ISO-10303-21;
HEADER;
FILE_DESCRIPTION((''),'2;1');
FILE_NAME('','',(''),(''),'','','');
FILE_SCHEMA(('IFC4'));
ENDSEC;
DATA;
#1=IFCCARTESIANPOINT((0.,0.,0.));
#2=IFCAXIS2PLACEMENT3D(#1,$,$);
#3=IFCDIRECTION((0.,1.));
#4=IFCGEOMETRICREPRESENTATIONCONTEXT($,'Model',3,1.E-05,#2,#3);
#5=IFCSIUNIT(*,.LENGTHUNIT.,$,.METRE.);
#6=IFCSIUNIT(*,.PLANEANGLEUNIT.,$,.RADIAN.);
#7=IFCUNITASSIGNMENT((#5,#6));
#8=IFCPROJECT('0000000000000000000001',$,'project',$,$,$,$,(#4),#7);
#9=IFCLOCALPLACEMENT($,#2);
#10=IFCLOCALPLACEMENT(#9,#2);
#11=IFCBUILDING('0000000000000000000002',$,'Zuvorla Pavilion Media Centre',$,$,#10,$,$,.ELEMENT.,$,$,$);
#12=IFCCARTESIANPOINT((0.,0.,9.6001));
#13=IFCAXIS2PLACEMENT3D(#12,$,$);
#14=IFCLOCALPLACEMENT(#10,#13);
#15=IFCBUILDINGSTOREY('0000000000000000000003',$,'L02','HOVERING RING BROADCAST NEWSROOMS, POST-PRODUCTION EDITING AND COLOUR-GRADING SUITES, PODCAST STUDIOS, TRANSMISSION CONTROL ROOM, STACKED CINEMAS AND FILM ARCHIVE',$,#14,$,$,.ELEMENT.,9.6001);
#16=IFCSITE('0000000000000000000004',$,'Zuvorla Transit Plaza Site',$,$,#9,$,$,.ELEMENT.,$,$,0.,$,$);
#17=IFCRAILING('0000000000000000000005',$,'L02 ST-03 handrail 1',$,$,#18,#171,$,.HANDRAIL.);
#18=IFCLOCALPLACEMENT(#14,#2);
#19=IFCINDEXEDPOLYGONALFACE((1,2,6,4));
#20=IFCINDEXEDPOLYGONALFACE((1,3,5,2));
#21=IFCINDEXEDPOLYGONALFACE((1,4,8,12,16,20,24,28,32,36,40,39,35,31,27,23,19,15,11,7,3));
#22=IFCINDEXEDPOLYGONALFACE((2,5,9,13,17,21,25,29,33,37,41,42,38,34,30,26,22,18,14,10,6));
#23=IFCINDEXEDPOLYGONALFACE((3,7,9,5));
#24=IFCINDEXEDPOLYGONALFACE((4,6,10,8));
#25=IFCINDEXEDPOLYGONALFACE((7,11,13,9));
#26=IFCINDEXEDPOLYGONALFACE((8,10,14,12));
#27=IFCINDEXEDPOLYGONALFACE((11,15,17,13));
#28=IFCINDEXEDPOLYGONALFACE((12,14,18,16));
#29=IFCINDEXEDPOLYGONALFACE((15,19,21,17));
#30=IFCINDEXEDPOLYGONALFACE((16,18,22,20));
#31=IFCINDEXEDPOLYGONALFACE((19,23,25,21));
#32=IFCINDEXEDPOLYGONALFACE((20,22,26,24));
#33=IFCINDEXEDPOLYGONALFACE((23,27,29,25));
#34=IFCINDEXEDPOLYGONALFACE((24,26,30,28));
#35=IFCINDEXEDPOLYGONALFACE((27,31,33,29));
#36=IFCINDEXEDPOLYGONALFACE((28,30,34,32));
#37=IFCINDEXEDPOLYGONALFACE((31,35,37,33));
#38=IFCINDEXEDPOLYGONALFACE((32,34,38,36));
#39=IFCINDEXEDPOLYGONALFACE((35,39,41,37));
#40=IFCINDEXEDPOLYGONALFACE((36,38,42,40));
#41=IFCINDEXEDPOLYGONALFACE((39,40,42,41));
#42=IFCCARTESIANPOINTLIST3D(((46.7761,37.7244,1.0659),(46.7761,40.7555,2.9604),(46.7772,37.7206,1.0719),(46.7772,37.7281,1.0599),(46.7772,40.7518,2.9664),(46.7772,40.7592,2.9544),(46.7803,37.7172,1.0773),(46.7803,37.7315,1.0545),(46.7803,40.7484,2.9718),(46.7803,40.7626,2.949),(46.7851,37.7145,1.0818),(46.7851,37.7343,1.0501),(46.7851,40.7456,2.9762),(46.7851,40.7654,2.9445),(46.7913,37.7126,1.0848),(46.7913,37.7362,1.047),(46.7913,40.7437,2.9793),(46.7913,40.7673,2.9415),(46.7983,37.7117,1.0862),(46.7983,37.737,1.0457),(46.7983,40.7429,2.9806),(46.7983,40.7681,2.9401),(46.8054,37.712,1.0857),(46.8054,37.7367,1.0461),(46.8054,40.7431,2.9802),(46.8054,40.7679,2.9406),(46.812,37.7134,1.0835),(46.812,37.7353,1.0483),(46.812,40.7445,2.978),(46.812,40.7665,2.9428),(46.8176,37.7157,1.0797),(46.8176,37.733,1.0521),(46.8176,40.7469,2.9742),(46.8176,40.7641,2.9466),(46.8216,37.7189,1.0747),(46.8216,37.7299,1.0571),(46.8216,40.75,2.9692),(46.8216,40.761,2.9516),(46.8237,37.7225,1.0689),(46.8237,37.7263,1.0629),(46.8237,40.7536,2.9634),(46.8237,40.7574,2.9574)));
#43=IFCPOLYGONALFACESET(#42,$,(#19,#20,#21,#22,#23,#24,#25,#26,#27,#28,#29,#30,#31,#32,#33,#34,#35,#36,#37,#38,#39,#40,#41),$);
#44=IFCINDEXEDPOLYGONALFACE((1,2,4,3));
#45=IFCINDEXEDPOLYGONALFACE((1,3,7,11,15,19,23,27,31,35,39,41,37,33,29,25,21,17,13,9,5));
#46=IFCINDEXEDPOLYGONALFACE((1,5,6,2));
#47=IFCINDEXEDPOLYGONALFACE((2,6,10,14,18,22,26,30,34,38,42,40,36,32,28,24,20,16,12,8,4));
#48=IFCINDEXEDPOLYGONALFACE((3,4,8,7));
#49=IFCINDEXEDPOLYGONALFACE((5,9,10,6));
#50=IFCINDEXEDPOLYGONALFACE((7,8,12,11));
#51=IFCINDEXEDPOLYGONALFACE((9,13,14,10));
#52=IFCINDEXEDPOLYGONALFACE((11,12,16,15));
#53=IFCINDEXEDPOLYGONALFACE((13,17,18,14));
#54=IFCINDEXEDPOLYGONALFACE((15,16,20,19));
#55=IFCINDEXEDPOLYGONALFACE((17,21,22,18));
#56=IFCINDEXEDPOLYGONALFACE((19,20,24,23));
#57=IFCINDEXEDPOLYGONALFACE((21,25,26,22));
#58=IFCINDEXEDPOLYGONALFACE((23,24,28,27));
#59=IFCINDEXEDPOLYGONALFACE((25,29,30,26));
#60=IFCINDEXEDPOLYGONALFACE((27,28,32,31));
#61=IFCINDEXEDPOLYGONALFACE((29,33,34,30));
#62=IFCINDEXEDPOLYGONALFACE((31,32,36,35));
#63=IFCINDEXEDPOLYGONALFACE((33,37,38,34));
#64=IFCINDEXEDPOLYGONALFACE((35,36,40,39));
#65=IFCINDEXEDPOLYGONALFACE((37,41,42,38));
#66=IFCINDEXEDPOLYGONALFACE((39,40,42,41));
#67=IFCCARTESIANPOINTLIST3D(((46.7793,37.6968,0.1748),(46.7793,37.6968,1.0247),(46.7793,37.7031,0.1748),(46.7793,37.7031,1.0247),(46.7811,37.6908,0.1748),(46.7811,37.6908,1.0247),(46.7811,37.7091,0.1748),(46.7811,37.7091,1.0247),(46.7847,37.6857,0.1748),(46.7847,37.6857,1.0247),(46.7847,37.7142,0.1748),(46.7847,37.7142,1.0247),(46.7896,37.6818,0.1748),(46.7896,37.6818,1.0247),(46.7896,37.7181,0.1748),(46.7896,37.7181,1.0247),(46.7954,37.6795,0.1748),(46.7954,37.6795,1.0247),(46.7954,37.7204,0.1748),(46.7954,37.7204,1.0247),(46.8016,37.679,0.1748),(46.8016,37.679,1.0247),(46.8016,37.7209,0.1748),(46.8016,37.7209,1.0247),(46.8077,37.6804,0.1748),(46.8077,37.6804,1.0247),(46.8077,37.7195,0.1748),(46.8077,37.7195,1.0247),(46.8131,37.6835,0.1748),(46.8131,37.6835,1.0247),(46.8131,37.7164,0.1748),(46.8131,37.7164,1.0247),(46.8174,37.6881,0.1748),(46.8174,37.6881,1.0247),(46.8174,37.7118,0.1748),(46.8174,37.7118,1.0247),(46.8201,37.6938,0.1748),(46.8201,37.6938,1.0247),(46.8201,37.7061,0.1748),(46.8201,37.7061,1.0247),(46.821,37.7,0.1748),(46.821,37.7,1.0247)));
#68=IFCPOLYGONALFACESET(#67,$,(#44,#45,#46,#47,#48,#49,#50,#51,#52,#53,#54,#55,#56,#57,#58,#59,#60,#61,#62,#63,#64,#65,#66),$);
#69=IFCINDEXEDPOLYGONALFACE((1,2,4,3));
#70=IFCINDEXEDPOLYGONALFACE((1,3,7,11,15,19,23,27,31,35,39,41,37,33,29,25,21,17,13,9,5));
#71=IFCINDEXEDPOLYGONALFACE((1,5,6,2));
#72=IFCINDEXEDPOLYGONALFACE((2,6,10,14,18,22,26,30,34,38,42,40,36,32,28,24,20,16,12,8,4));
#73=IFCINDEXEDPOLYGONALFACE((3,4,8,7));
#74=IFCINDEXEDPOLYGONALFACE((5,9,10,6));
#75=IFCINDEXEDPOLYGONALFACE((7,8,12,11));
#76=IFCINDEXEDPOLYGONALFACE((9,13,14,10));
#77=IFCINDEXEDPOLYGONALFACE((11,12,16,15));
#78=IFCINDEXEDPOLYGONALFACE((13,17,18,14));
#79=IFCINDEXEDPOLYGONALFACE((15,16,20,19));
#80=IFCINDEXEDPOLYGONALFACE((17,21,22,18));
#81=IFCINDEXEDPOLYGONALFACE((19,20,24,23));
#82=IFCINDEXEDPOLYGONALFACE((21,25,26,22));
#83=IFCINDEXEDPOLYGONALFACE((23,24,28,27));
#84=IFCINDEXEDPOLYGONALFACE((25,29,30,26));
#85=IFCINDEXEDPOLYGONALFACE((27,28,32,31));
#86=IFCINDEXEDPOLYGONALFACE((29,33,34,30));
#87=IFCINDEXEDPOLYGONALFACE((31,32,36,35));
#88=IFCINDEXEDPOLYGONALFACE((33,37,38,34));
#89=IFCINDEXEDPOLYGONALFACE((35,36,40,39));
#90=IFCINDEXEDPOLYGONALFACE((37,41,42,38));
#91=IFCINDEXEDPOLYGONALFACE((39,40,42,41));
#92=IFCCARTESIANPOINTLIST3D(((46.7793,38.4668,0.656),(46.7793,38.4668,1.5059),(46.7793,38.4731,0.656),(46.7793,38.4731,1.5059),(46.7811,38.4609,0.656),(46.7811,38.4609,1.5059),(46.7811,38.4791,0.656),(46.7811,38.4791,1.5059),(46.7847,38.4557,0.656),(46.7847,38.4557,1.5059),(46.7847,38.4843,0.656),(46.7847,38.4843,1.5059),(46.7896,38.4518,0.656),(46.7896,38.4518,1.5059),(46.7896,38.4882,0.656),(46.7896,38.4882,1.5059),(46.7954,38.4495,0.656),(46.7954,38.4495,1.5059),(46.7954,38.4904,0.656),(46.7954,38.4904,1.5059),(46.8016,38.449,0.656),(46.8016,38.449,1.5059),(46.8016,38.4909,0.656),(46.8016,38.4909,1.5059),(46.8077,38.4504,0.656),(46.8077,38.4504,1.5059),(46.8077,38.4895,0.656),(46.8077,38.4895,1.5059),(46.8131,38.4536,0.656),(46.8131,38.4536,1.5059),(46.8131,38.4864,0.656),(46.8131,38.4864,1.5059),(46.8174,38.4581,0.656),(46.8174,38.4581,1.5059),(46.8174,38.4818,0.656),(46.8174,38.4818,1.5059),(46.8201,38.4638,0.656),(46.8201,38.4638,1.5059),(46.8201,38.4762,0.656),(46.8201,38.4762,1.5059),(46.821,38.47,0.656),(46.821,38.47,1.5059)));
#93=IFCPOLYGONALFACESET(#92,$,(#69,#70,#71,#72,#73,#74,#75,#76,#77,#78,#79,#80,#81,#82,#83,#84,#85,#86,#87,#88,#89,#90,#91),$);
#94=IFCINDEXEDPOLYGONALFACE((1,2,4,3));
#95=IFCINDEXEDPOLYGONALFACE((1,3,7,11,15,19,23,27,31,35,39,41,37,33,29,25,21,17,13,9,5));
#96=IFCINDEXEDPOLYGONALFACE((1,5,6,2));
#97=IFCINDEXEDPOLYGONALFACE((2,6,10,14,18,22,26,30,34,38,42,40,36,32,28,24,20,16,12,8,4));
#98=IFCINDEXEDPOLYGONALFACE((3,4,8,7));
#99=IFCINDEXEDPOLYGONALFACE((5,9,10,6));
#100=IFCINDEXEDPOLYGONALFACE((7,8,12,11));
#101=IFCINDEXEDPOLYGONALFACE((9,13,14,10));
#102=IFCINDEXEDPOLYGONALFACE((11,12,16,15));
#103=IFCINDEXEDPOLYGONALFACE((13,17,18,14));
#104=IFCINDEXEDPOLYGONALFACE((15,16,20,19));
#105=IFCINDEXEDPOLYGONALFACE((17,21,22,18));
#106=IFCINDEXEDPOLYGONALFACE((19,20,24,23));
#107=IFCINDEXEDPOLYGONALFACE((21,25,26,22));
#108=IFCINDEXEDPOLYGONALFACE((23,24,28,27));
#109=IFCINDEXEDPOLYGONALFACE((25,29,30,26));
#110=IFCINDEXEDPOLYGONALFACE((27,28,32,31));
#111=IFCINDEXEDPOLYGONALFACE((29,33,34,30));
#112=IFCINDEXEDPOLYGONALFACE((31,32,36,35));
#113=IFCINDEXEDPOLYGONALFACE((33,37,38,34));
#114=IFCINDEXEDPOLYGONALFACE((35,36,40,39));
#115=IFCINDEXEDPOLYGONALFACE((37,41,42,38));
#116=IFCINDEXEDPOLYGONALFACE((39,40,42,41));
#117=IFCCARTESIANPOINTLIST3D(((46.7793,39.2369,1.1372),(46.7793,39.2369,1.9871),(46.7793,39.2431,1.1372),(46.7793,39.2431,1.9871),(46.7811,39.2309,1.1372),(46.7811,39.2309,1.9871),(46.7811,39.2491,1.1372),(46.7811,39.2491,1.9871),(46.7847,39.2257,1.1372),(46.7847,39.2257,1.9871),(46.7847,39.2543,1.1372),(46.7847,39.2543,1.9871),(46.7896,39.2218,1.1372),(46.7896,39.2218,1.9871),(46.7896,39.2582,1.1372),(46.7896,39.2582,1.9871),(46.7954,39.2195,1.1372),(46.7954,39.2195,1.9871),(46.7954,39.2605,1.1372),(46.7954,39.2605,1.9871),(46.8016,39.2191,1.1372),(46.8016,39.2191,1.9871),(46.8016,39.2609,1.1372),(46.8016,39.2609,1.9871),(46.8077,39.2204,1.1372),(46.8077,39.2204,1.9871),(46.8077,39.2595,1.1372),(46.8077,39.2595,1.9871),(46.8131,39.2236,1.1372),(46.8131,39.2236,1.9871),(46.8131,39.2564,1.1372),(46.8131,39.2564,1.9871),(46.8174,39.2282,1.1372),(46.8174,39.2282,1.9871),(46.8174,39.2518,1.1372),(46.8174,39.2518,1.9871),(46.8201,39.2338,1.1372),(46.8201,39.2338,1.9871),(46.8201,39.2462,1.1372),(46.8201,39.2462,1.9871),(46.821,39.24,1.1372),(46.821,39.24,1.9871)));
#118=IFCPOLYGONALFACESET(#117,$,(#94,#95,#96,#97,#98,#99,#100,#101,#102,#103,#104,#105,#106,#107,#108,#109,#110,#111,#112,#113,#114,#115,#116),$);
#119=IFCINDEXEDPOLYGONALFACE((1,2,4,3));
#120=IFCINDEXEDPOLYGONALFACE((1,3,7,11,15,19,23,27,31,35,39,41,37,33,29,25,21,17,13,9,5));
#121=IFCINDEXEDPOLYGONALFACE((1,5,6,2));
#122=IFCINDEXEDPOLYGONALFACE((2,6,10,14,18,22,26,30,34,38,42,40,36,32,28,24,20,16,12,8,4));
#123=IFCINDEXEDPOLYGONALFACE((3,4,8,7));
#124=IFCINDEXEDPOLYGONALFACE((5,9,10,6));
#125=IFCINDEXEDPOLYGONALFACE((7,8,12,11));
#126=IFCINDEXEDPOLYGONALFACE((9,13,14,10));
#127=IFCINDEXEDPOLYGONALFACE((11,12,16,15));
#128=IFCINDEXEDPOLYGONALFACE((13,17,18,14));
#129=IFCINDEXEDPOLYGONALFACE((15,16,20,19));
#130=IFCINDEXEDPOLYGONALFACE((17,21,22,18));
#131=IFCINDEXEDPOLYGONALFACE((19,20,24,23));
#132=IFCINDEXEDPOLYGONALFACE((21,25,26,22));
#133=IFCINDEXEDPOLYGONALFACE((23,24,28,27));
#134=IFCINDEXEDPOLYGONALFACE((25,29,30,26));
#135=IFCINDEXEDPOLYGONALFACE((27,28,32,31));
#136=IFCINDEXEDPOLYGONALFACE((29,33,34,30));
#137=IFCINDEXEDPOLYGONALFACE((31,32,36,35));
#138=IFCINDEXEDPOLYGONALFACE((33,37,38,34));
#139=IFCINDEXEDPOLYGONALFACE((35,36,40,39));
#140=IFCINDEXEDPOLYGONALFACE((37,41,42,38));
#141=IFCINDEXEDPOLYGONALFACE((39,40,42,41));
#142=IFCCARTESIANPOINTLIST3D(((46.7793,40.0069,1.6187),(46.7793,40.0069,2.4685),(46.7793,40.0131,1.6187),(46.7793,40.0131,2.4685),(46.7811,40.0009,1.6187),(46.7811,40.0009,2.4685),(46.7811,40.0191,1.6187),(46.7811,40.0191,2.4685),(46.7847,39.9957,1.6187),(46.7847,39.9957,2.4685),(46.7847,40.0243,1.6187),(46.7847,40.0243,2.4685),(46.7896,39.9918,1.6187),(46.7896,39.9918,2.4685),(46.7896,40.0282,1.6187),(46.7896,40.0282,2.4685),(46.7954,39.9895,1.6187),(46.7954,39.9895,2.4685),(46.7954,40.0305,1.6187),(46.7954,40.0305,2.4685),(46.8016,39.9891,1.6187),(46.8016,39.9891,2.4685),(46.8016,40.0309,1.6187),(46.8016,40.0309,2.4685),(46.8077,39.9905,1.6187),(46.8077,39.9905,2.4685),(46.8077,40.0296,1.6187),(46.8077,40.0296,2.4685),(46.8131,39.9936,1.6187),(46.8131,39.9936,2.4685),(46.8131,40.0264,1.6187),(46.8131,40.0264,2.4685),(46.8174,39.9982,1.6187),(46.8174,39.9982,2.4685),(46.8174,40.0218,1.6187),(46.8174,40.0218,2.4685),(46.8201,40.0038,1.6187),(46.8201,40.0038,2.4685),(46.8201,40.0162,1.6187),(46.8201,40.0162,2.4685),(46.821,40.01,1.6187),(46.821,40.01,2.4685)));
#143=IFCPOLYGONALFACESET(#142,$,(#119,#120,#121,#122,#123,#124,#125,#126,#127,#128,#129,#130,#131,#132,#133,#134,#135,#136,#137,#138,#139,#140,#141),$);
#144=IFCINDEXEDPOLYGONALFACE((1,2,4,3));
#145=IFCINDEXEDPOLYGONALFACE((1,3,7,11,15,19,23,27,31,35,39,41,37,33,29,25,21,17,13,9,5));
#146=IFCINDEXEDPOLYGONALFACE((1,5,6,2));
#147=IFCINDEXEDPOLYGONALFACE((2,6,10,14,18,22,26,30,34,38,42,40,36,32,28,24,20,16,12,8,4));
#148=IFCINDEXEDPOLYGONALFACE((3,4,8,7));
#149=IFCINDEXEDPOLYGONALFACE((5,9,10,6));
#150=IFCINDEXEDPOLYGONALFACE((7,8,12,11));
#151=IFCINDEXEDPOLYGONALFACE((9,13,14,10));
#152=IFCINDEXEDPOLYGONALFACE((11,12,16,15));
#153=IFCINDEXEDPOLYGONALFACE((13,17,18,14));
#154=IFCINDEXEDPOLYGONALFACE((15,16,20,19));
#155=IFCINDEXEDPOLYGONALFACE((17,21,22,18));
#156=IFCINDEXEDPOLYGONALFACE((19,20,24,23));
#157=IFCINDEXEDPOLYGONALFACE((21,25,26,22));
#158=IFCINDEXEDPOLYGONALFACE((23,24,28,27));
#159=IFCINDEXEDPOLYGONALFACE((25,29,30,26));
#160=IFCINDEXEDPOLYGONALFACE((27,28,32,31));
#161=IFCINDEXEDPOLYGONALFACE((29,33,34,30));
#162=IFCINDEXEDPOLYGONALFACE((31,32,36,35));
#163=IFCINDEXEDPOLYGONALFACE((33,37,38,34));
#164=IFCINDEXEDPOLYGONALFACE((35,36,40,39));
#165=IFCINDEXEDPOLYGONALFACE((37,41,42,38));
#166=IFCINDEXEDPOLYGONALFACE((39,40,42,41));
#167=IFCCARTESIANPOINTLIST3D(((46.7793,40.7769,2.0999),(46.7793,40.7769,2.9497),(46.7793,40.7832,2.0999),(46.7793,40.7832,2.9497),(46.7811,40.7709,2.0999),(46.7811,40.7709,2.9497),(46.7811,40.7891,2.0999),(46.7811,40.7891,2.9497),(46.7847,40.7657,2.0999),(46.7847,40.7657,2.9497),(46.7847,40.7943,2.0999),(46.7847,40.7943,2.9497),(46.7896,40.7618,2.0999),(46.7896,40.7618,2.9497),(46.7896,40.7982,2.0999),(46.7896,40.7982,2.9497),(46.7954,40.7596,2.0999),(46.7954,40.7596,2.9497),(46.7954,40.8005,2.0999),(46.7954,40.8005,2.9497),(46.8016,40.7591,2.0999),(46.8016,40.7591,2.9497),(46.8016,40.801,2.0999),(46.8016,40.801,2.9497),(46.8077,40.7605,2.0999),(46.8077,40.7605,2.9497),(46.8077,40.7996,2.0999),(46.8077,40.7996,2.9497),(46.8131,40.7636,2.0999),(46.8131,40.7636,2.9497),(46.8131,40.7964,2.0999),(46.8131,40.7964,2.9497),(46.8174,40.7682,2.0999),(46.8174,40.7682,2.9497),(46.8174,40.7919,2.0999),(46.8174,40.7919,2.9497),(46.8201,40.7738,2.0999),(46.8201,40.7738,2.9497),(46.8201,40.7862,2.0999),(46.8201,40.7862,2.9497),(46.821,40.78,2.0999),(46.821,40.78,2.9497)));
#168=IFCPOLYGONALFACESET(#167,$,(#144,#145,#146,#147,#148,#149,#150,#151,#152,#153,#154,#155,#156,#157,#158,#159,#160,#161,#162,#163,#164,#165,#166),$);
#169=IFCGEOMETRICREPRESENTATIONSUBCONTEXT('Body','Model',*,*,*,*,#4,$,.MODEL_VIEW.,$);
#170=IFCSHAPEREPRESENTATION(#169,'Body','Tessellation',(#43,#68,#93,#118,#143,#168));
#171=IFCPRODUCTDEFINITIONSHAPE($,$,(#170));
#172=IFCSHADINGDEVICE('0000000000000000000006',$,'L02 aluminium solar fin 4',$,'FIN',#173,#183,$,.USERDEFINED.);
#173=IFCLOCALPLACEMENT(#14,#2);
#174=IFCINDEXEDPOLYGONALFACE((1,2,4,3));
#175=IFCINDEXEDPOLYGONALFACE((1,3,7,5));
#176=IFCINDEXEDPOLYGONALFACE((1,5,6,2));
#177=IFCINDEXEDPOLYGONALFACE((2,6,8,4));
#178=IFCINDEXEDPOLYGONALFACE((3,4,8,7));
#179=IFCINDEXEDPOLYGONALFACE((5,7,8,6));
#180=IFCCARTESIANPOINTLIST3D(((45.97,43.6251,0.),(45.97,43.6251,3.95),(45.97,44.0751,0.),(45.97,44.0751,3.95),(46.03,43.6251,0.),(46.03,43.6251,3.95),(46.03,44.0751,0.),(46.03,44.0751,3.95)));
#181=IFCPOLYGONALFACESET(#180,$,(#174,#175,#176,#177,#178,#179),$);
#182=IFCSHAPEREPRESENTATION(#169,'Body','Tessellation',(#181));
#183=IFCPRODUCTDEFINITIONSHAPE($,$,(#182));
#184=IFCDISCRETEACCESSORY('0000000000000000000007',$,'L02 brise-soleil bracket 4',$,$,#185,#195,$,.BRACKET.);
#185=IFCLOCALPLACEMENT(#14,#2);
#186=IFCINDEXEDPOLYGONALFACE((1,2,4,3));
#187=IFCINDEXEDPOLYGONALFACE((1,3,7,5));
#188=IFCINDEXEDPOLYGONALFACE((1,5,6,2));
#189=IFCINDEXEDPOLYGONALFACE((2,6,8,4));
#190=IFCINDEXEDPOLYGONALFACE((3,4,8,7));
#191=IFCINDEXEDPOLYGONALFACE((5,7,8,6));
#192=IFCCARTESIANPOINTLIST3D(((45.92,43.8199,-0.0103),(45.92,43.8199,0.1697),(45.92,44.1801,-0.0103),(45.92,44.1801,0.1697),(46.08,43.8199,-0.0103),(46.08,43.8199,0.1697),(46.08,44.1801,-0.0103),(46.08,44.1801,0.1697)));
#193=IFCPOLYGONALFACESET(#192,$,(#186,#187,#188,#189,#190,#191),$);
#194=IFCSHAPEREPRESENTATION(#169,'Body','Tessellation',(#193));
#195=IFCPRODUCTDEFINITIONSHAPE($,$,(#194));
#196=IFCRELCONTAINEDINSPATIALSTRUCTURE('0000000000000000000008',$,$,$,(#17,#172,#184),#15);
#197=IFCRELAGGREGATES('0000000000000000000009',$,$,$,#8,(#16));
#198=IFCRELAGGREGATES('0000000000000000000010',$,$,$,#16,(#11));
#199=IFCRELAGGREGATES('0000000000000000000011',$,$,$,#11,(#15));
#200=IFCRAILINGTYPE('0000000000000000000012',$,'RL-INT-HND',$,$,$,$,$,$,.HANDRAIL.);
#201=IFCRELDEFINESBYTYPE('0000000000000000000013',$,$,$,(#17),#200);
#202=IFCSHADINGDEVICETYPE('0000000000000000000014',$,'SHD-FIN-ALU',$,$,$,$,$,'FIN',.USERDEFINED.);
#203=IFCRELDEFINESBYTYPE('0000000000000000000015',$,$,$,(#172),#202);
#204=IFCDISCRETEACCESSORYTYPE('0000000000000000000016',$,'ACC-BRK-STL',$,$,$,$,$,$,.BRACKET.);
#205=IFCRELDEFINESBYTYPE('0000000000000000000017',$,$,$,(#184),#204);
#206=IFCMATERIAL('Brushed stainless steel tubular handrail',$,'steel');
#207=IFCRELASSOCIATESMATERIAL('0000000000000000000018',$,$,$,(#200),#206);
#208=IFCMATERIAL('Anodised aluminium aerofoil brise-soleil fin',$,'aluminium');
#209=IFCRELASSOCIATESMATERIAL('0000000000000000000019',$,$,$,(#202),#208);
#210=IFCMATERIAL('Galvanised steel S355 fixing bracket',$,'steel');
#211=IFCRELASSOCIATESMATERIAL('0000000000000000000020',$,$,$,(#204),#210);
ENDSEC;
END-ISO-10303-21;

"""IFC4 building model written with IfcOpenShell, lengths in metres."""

from ifc_helpers import new_model, si_unit, direction, frame, origin, origin_2d, place, context, subcontext, project, spatial, rectangle, circle, extrude, material, type_object, element, save


model = new_model("IFC4")

# Units and contexts
model_context = context("Model", 3, precision=1e-05, world=origin(), true_north=direction((0.0, 1.0)))
body_context = subcontext(model_context, "Body", "Model", "MODEL_VIEW")
ifc_project = project(units=[si_unit("LENGTHUNIT", "METRE"), si_unit("PLANEANGLEUNIT", "RADIAN")], contexts=[model_context])

# Site, building, storey
site_placement = place(None, origin())
site = spatial("IfcSite", under=ifc_project, at=site_placement, Name="Zuvorla Transit Plaza Site", CompositionType="ELEMENT", RefElevation=0.0)
building_placement = place(site_placement, origin())
building = spatial("IfcBuilding", under=site, at=building_placement, Name="Zuvorla Pavilion Media Centre", CompositionType="ELEMENT")
storey_placement = place(building_placement, frame((0.0, 0.0, 9.6001)))
storey = spatial("IfcBuildingStorey", under=building, at=storey_placement, Name="L02", Description="HOVERING RING BROADCAST NEWSROOMS, POST-PRODUCTION EDITING AND COLOUR-GRADING SUITES, PODCAST STUDIOS, TRANSMISSION CONTROL ROOM, STACKED CINEMAS AND FILM ARCHIVE", CompositionType="ELEMENT", Elevation=9.6001)

# Railing
ifc_material_1 = material(Name="Brushed stainless steel tubular handrail", Category="steel")
railing_type_1 = type_object("IfcRailingType", Name="RL-INT-HND", PredefinedType="HANDRAIL", material=ifc_material_1)
railing_1_placement = place(storey_placement, frame((46.8, 37.7, 0.1748)))
element("IfcRailing", 1, at=railing_1_placement, inside=storey, type_object=railing_type_1, Name="L02 ST-03 handrail 1", PredefinedType="HANDRAIL", context=body_context, shape_type="SweptSolid", body=[
    extrude(circle(Radius=0.0239, at=origin_2d()), frame((0.0, 0.0244, 0.8911), z_axis=(0.0, 0.847998, 0.529999), x_axis=(-1.0, 0.0, 0.0)), (0.0, 0.0, 1.0), 3.5745),
    extrude(circle(Radius=0.021, at=origin_2d()), origin(), (0.0, 0.0, 1.0), 0.8499),
    extrude(circle(Radius=0.021, at=origin_2d()), frame((0.0, 0.77, 0.4812)), (0.0, 0.0, 1.0), 0.8499),
    extrude(circle(Radius=0.021, at=origin_2d()), frame((0.0, 1.54, 0.9624)), (0.0, 0.0, 1.0), 0.8499),
    extrude(circle(Radius=0.021, at=origin_2d()), frame((0.0, 2.3101, 1.4438)), (0.0, 0.0, 1.0), 0.8499),
    extrude(circle(Radius=0.021, at=origin_2d()), frame((0.0, 3.0801, 1.925)), (0.0, 0.0, 1.0), 0.8499),
])

# Shading device
ifc_material_2 = material(Name="Anodised aluminium aerofoil brise-soleil fin", Category="aluminium")
shading_device_type = type_object("IfcShadingDeviceType", Name="SHD-FIN-ALU", ElementType="FIN", PredefinedType="USERDEFINED", material=ifc_material_2)
shading_device_placement = place(storey_placement, frame((46.0, 43.8501, 0.0), z_axis=(0.0, 0.0, 1.0), x_axis=(1.0, 0.0, 0.0)))
element("IfcShadingDevice", 2, at=shading_device_placement, inside=storey, type_object=shading_device_type, Name="L02 aluminium solar fin 4", ObjectType="FIN", PredefinedType="USERDEFINED", context=body_context, shape_type="SweptSolid", body=[
    extrude(rectangle(XDim=0.0601, YDim=0.45, at=origin_2d()), origin(), (0.0, 0.0, 1.0), 3.95),
])

# Discrete accessory
ifc_material_3 = material(Name="Galvanised steel S355 fixing bracket", Category="steel")
discrete_accessory_type = type_object("IfcDiscreteAccessoryType", Name="ACC-BRK-STL", PredefinedType="BRACKET", material=ifc_material_3)
discrete_accessory_placement = place(storey_placement, frame((46.0, 44.0, -0.0103), z_axis=(0.0, 0.0, 1.0), x_axis=(1.0, 0.0, 0.0)))
element("IfcDiscreteAccessory", 3, at=discrete_accessory_placement, inside=storey, type_object=discrete_accessory_type, Name="L02 brise-soleil bracket 4", PredefinedType="BRACKET", context=body_context, shape_type="SweptSolid", body=[
    extrude(rectangle(XDim=0.1599, YDim=0.3601, at=origin_2d()), origin(), (0.0, 0.0, 1.0), 0.1799),
])

save(model, "model.ifc")
